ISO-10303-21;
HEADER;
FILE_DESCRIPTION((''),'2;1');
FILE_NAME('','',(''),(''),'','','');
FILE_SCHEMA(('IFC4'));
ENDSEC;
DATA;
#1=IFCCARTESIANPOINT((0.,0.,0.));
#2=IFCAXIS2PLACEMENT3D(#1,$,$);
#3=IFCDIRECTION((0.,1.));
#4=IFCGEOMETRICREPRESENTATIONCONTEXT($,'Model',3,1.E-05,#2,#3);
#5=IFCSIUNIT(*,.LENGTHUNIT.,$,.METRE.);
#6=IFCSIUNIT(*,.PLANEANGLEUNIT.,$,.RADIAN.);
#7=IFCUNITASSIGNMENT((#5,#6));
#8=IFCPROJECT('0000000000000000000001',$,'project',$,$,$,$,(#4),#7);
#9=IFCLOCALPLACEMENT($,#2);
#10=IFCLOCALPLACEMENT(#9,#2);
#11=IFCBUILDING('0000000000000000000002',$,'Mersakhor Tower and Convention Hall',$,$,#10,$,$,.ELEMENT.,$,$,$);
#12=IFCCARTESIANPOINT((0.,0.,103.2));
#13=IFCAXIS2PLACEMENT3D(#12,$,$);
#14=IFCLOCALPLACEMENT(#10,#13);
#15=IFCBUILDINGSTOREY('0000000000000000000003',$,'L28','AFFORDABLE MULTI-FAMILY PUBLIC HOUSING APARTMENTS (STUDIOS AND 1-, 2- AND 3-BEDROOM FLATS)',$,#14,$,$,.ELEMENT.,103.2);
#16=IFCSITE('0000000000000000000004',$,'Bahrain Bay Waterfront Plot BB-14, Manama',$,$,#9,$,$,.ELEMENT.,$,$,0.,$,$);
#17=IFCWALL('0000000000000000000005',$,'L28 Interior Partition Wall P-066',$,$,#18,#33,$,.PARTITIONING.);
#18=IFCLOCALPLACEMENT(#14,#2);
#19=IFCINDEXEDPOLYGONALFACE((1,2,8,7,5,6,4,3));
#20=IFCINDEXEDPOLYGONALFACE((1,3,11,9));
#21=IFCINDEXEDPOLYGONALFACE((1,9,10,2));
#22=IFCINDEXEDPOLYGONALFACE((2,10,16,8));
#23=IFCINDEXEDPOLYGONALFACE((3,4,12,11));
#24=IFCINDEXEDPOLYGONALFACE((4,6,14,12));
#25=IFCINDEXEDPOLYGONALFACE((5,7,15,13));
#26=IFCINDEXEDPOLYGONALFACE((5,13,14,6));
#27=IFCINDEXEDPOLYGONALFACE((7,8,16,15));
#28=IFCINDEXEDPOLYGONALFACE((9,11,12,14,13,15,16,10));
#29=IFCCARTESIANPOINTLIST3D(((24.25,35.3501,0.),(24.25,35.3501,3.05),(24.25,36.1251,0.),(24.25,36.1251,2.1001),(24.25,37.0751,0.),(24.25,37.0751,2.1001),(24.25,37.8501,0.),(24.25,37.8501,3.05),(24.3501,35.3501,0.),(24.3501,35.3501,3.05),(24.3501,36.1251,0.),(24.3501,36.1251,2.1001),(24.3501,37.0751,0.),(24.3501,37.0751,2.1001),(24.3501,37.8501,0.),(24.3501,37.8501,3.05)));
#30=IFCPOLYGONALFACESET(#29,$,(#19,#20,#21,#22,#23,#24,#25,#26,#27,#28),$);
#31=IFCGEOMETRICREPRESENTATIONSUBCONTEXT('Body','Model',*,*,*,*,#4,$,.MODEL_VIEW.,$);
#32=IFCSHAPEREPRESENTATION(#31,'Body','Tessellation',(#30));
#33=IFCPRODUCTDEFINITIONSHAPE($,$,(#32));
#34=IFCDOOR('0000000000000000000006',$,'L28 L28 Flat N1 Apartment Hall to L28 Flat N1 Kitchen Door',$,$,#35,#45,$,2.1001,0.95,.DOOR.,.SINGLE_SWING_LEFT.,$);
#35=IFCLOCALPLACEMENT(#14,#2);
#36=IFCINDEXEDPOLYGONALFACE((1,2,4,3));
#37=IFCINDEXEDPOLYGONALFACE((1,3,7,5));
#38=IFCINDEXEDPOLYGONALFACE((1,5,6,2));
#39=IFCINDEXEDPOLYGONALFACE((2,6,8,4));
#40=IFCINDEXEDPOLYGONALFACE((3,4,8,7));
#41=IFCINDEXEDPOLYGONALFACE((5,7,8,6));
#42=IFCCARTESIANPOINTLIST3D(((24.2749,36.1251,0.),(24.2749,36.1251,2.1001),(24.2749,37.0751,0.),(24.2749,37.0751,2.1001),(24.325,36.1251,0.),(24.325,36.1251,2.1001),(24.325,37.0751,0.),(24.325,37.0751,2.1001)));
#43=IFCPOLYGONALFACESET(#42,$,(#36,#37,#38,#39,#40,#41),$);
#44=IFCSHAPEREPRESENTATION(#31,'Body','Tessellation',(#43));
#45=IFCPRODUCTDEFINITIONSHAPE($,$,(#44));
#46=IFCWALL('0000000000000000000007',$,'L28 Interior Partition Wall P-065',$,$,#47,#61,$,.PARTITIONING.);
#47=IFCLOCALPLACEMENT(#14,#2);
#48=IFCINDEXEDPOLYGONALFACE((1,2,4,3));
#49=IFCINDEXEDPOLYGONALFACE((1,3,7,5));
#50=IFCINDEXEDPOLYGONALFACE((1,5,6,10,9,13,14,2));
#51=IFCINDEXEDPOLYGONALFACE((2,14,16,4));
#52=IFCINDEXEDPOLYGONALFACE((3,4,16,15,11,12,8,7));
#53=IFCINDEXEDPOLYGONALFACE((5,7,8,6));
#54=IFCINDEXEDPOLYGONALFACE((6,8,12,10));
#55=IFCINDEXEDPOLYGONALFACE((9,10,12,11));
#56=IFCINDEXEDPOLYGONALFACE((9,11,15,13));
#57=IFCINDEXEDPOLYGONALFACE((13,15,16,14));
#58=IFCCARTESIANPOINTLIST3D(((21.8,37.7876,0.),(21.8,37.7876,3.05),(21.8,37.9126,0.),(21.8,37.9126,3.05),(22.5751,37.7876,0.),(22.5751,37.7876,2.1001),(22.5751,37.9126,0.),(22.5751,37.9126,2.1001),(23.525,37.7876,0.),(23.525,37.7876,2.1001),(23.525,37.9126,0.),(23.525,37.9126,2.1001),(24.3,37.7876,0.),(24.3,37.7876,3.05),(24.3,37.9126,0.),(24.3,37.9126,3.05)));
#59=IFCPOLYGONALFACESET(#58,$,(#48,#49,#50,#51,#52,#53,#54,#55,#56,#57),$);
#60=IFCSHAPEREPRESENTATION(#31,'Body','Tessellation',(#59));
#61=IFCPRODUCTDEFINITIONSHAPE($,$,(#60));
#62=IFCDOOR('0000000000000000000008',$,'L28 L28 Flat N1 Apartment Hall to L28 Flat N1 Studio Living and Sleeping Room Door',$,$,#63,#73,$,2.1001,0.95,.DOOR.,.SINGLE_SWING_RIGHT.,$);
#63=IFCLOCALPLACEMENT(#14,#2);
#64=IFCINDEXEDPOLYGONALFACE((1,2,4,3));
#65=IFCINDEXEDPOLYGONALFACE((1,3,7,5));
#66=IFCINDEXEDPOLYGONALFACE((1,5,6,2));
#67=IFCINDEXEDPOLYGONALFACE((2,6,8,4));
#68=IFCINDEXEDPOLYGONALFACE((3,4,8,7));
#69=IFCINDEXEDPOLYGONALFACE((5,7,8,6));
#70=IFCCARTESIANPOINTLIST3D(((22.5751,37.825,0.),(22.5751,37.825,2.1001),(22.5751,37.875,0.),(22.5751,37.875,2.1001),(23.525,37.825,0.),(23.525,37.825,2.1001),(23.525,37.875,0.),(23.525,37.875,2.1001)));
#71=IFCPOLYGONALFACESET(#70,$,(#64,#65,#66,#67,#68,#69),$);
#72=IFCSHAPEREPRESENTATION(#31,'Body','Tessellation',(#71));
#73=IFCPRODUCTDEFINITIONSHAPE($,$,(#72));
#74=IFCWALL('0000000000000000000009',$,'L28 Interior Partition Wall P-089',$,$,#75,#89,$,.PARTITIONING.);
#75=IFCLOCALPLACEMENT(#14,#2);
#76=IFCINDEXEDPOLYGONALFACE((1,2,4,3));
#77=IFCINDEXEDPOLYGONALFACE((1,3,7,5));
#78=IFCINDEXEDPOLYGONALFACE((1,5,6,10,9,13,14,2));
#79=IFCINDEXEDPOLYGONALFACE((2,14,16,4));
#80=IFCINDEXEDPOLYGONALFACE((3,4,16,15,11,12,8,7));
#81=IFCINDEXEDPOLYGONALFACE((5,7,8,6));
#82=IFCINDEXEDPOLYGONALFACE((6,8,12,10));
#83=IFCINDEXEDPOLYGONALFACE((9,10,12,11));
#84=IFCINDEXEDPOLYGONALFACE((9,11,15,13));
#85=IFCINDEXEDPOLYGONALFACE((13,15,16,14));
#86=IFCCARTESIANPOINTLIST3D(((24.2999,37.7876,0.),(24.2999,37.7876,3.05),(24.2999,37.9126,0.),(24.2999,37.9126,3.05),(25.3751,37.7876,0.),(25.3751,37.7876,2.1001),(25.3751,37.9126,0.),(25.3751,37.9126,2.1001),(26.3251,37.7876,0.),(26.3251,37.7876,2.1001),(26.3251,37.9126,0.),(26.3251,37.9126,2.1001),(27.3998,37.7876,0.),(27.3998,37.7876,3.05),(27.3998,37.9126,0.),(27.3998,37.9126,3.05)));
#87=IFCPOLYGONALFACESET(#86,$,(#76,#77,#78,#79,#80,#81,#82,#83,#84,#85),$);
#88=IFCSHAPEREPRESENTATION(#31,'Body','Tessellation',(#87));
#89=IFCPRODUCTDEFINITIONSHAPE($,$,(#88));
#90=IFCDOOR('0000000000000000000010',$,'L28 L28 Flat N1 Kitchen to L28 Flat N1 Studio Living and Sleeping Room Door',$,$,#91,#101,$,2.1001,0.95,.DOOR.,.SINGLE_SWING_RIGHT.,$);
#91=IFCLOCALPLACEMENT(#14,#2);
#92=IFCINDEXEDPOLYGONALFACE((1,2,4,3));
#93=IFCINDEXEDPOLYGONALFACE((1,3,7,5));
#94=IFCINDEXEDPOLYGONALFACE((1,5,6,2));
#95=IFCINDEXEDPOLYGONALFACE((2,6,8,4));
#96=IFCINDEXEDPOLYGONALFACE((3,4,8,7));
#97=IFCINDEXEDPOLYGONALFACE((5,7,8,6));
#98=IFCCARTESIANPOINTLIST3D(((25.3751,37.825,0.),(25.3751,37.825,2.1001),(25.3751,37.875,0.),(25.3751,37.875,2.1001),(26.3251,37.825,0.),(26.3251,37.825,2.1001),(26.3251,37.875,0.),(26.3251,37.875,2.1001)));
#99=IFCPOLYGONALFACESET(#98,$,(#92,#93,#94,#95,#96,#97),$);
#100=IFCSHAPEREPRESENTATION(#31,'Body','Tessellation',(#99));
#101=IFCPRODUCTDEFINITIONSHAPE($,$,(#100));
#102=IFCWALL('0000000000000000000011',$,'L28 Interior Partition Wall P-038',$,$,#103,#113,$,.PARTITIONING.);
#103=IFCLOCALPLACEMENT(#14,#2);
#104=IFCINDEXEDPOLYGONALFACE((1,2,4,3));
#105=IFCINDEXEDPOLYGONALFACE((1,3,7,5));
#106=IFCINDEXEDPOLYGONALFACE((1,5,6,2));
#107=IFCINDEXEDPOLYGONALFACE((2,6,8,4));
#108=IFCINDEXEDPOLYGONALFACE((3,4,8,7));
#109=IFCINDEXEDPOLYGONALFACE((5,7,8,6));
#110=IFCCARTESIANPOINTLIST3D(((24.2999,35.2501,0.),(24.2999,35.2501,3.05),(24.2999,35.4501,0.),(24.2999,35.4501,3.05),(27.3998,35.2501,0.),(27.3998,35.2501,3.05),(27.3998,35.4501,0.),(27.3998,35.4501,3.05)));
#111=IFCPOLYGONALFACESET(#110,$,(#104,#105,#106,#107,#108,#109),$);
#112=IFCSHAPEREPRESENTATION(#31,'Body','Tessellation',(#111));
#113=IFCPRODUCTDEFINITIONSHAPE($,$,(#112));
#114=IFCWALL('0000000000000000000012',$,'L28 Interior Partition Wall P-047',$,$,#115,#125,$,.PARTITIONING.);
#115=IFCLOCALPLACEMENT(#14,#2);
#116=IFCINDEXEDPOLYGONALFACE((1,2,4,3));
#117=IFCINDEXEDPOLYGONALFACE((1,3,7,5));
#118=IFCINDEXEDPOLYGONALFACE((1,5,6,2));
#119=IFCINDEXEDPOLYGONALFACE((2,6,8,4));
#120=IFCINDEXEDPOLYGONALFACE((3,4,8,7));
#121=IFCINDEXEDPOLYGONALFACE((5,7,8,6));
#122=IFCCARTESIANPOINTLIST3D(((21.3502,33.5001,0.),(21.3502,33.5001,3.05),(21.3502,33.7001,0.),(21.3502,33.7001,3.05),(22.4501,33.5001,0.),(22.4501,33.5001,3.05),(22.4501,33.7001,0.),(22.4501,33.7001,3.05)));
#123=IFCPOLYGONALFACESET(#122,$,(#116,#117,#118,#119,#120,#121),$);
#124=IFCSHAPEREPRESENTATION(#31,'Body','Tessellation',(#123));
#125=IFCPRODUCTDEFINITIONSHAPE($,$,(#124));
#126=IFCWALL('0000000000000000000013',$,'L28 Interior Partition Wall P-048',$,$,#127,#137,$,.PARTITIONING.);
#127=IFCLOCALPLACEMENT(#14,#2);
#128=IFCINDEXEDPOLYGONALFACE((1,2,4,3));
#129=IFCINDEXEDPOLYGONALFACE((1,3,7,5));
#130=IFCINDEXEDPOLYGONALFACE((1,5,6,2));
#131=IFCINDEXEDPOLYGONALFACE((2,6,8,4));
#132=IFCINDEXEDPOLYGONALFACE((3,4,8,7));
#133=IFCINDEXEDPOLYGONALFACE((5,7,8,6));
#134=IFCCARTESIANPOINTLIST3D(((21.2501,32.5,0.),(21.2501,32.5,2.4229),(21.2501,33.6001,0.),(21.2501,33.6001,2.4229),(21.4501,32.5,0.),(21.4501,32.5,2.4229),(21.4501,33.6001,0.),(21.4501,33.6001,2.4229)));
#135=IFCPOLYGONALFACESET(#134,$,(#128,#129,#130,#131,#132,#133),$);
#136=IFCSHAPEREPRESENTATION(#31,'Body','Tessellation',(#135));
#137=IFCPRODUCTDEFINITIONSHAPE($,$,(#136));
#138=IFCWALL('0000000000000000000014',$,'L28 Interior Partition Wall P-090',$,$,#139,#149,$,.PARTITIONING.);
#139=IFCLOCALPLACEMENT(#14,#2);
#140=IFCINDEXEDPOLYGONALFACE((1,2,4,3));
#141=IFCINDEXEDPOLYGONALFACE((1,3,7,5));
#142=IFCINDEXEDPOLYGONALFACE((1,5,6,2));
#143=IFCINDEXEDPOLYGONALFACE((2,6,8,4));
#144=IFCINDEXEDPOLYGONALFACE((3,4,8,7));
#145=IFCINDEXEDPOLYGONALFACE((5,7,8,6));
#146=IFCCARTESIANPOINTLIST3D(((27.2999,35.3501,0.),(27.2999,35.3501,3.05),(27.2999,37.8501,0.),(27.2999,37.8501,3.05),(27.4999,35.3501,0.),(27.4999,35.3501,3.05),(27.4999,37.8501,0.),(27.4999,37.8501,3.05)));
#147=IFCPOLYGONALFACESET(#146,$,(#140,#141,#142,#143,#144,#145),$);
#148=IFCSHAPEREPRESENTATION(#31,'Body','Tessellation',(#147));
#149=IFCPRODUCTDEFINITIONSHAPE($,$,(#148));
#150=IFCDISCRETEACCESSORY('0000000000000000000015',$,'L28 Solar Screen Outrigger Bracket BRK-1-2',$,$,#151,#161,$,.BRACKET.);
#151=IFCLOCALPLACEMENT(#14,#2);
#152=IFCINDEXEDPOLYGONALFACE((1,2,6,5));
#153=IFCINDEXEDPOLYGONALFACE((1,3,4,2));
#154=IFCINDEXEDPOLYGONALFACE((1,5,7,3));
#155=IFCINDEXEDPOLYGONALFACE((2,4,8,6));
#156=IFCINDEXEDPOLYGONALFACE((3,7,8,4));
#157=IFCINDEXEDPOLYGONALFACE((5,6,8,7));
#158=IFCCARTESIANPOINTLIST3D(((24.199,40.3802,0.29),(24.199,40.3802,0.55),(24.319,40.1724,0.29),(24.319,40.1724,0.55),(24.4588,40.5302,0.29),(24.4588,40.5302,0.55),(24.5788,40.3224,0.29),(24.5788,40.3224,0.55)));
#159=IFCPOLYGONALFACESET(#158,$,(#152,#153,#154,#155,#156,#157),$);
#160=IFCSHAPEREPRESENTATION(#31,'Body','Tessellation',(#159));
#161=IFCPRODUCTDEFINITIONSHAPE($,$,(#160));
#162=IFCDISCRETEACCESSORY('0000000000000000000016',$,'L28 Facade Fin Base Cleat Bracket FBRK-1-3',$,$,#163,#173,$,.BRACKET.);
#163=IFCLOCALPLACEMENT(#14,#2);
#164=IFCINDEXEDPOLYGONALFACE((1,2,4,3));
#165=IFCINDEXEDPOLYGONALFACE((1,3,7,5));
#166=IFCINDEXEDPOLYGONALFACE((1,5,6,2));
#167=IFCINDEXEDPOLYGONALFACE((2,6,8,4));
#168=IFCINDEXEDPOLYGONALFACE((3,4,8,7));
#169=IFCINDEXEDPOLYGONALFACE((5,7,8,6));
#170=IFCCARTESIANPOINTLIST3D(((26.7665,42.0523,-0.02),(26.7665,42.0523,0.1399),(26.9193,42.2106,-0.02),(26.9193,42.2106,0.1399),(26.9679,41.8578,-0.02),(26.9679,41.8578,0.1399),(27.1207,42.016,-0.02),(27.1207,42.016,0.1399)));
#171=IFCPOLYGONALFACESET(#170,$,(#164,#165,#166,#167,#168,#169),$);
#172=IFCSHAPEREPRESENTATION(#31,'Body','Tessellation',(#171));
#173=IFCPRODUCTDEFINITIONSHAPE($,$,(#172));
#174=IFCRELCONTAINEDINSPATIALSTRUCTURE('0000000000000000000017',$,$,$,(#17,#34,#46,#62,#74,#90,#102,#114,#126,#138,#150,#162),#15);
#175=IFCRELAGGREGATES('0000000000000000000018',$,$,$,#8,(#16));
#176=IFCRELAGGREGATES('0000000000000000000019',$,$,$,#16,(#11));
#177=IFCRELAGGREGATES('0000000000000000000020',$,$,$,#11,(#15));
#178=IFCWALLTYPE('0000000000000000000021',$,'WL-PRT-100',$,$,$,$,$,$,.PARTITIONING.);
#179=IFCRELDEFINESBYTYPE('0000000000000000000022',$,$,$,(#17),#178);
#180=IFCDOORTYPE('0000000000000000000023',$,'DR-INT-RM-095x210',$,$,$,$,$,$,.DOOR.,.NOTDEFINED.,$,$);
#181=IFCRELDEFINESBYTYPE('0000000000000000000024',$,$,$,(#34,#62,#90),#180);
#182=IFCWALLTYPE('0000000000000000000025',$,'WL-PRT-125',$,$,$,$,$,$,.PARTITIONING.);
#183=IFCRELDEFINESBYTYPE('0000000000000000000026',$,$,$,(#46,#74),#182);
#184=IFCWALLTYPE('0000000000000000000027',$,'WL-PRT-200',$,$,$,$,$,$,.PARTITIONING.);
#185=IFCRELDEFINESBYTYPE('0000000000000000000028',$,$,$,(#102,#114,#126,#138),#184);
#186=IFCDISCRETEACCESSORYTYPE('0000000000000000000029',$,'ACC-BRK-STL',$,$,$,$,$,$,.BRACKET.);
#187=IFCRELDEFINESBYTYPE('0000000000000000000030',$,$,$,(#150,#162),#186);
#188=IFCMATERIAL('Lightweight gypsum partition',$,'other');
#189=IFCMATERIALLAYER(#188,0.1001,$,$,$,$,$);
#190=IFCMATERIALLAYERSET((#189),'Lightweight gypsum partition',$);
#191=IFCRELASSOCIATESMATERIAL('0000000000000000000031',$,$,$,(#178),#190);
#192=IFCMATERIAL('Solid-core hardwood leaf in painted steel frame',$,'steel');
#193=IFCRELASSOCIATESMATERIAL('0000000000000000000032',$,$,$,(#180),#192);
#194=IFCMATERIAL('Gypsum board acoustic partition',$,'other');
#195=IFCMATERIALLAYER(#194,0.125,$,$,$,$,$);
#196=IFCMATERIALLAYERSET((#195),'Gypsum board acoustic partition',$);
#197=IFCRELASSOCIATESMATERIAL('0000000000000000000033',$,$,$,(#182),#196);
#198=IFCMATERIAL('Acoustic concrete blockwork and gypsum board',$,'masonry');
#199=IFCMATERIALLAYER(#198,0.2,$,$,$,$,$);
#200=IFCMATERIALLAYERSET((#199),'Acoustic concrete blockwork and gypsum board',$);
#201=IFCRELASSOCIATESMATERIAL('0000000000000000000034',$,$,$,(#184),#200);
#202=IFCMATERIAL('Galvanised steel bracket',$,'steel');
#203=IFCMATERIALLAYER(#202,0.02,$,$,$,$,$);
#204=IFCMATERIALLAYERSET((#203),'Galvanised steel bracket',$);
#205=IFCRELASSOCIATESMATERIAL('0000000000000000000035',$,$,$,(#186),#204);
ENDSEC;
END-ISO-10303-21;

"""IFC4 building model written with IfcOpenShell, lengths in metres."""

from ifc_helpers import new_model, si_unit, direction, frame, frame_2d, origin, origin_2d, place, context, subcontext, project, spatial, rectangle, extrude, material, layer, layer_set, type_object, element, fill, save


model = new_model("IFC4")

# Units and contexts
model_context = context("Model", 3, precision=1e-05, world=origin(), true_north=direction((0.0, 1.0)))
body_context = subcontext(model_context, "Body", "Model", "MODEL_VIEW")
ifc_project = project(units=[si_unit("LENGTHUNIT", "METRE"), si_unit("PLANEANGLEUNIT", "RADIAN")], contexts=[model_context])

# Site, building, storey
site_placement = place(None, origin())
site = spatial("IfcSite", under=ifc_project, at=site_placement, Name="Bahrain Bay Waterfront Plot BB-14, Manama", CompositionType="ELEMENT", RefElevation=0.0)
building_placement = place(site_placement, origin())
building = spatial("IfcBuilding", under=site, at=building_placement, Name="Mersakhor Tower and Convention Hall", CompositionType="ELEMENT")
storey_placement = place(building_placement, frame((0.0, 0.0, 103.2)))
storey = spatial("IfcBuildingStorey", under=building, at=storey_placement, Name="L28", Description="AFFORDABLE MULTI-FAMILY PUBLIC HOUSING APARTMENTS (STUDIOS AND 1-, 2- AND 3-BEDROOM FLATS)", CompositionType="ELEMENT", Elevation=103.2)

# Walls, openings, doors
ifc_material_1 = material(Name="Lightweight gypsum partition", Category="other")
ifc_layer_1 = layer(ifc_material_1, 0.1001)
ifc_layer_set_1 = layer_set([ifc_layer_1], Name="Lightweight gypsum partition")
wall_type_1 = type_object("IfcWallType", Name="WL-PRT-100", PredefinedType="PARTITIONING", material=ifc_layer_set_1)
wall_1_placement = place(storey_placement, frame((24.3, 37.8501, 0.0), z_axis=(0.0, 0.0, 1.0), x_axis=(0.0, -1.0, 0.0)))
wall_1 = element("IfcWall", 1, at=wall_1_placement, inside=storey, type_object=wall_type_1, Name="L28 Interior Partition Wall P-066", PredefinedType="PARTITIONING", context=body_context, shape_type="SweptSolid", body=[
    extrude(rectangle(XDim=2.5, YDim=0.1001, at=frame_2d((1.25, 0.0))), origin(), (0.0, 0.0, 1.0), 3.05),
])
opening_1_placement = place(wall_1_placement, frame((0.7749, 0.0, 0.0)))
opening_1 = element("IfcOpeningElement", 2, at=opening_1_placement, cuts=wall_1, PredefinedType="OPENING", context=body_context, shape_type="SweptSolid", body=[
    extrude(rectangle(XDim=0.95, YDim=2.1001, at=frame_2d((0.4751, 1.05))), frame((0.0, 0.0601, 0.0), z_axis=(0.0, -1.0, 0.0), x_axis=(1.0, 0.0, 0.0)), (0.0, 0.0, 1.0), 0.1201),
])
ifc_material_2 = material(Name="Solid-core hardwood leaf in painted steel frame", Category="steel")
door_type_1 = type_object("IfcDoorType", Name="DR-INT-RM-095x210", OperationType="NOTDEFINED", PredefinedType="DOOR", material=ifc_material_2)
door_1_placement = place(opening_1_placement, origin())
door_1 = element("IfcDoor", 3, at=door_1_placement, inside=storey, type_object=door_type_1, Name="L28 L28 Flat N1 Apartment Hall to L28 Flat N1 Kitchen Door", OperationType="SINGLE_SWING_LEFT", OverallHeight=2.1001, OverallWidth=0.95, PredefinedType="DOOR", context=body_context, shape_type="SweptSolid", body=[
    extrude(rectangle(XDim=0.95, YDim=2.1001, at=frame_2d((0.4751, 1.05))), frame((0.0, 0.0249, 0.0), z_axis=(0.0, -1.0, 0.0), x_axis=(1.0, 0.0, 0.0)), (0.0, 0.0, 1.0), 0.05),
])
fill(opening_1, door_1)
ifc_material_3 = material(Name="Gypsum board acoustic partition", Category="other")
ifc_layer_2 = layer(ifc_material_3, 0.125)
ifc_layer_set_2 = layer_set([ifc_layer_2], Name="Gypsum board acoustic partition")
wall_type_2 = type_object("IfcWallType", Name="WL-PRT-125", PredefinedType="PARTITIONING", material=ifc_layer_set_2)
wall_2_placement = place(storey_placement, frame((21.8, 37.8501, 0.0), z_axis=(0.0, 0.0, 1.0), x_axis=(1.0, 0.0, 0.0)))
wall_2 = element("IfcWall", 4, at=wall_2_placement, inside=storey, type_object=wall_type_2, Name="L28 Interior Partition Wall P-065", PredefinedType="PARTITIONING", context=body_context, shape_type="SweptSolid", body=[
    extrude(rectangle(XDim=2.5, YDim=0.125, at=frame_2d((1.25, 0.0))), origin(), (0.0, 0.0, 1.0), 3.05),
])
opening_2_placement = place(wall_2_placement, frame((0.7749, 0.0, 0.0)))
opening_2 = element("IfcOpeningElement", 5, at=opening_2_placement, cuts=wall_2, PredefinedType="OPENING", context=body_context, shape_type="SweptSolid", body=[
    extrude(rectangle(XDim=0.95, YDim=2.1001, at=frame_2d((0.4751, 1.05))), frame((0.0, 0.0725, 0.0), z_axis=(0.0, -1.0, 0.0), x_axis=(1.0, 0.0, 0.0)), (0.0, 0.0, 1.0), 0.145),
])
door_2_placement = place(opening_2_placement, origin())
door_2 = element("IfcDoor", 6, at=door_2_placement, inside=storey, type_object=door_type_1, Name="L28 L28 Flat N1 Apartment Hall to L28 Flat N1 Studio Living and Sleeping Room Door", OperationType="SINGLE_SWING_RIGHT", OverallHeight=2.1001, OverallWidth=0.95, PredefinedType="DOOR", context=body_context, shape_type="SweptSolid", body=[
    extrude(rectangle(XDim=0.95, YDim=2.1001, at=frame_2d((0.4751, 1.05))), frame((0.0, 0.0249, 0.0), z_axis=(0.0, -1.0, 0.0), x_axis=(1.0, 0.0, 0.0)), (0.0, 0.0, 1.0), 0.05),
])
fill(opening_2, door_2)
wall_3_placement = place(storey_placement, frame((24.3, 37.8501, 0.0), z_axis=(0.0, 0.0, 1.0), x_axis=(1.0, 0.0, 0.0)))
wall_3 = element("IfcWall", 7, at=wall_3_placement, inside=storey, type_object=wall_type_2, Name="L28 Interior Partition Wall P-089", PredefinedType="PARTITIONING", context=body_context, shape_type="SweptSolid", body=[
    extrude(rectangle(XDim=3.0999, YDim=0.125, at=frame_2d((1.5498, 0.0))), origin(), (0.0, 0.0, 1.0), 3.05),
])
opening_3_placement = place(wall_3_placement, frame((1.075, 0.0, 0.0)))
opening_3 = element("IfcOpeningElement", 8, at=opening_3_placement, cuts=wall_3, PredefinedType="OPENING", context=body_context, shape_type="SweptSolid", body=[
    extrude(rectangle(XDim=0.95, YDim=2.1001, at=frame_2d((0.4751, 1.05))), frame((0.0, 0.0725, 0.0), z_axis=(0.0, -1.0, 0.0), x_axis=(1.0, 0.0, 0.0)), (0.0, 0.0, 1.0), 0.145),
])
door_3_placement = place(opening_3_placement, origin())
door_3 = element("IfcDoor", 9, at=door_3_placement, inside=storey, type_object=door_type_1, Name="L28 L28 Flat N1 Kitchen to L28 Flat N1 Studio Living and Sleeping Room Door", OperationType="SINGLE_SWING_RIGHT", OverallHeight=2.1001, OverallWidth=0.95, PredefinedType="DOOR", context=body_context, shape_type="SweptSolid", body=[
    extrude(rectangle(XDim=0.95, YDim=2.1001, at=frame_2d((0.4751, 1.05))), frame((0.0, 0.0249, 0.0), z_axis=(0.0, -1.0, 0.0), x_axis=(1.0, 0.0, 0.0)), (0.0, 0.0, 1.0), 0.05),
])
fill(opening_3, door_3)
ifc_material_4 = material(Name="Acoustic concrete blockwork and gypsum board", Category="masonry")
ifc_layer_3 = layer(ifc_material_4, 0.2)
ifc_layer_set_3 = layer_set([ifc_layer_3], Name="Acoustic concrete blockwork and gypsum board")
wall_type_3 = type_object("IfcWallType", Name="WL-PRT-200", PredefinedType="PARTITIONING", material=ifc_layer_set_3)

# Wall
wall_4_placement = place(storey_placement, frame((24.3, 35.3501, 0.0), z_axis=(0.0, 0.0, 1.0), x_axis=(1.0, 0.0, 0.0)))
element("IfcWall", 10, at=wall_4_placement, inside=storey, type_object=wall_type_3, Name="L28 Interior Partition Wall P-038", PredefinedType="PARTITIONING", context=body_context, shape_type="SweptSolid", body=[
    extrude(rectangle(XDim=3.0999, YDim=0.2, at=frame_2d((1.5498, 0.0))), origin(), (0.0, 0.0, 1.0), 3.05),
])

# Walls
wall_5_placement = place(storey_placement, frame((22.45, 33.6001, 0.0), z_axis=(0.0, 0.0, 1.0), x_axis=(-1.0, 0.0, 0.0)))
element("IfcWall", 11, at=wall_5_placement, inside=storey, type_object=wall_type_3, Name="L28 Interior Partition Wall P-047", PredefinedType="PARTITIONING", context=body_context, shape_type="SweptSolid", body=[
    extrude(rectangle(XDim=1.0999, YDim=0.2, at=frame_2d((0.5498, 0.0))), origin(), (0.0, 0.0, 1.0), 3.05),
])
wall_6_placement = place(storey_placement, frame((21.3501, 33.6001, 0.0), z_axis=(0.0, 0.0, 1.0), x_axis=(0.0, -1.0, 0.0)))
element("IfcWall", 12, at=wall_6_placement, inside=storey, type_object=wall_type_3, Name="L28 Interior Partition Wall P-048", PredefinedType="PARTITIONING", context=body_context, shape_type="SweptSolid", body=[
    extrude(rectangle(XDim=1.1001, YDim=0.2, at=frame_2d((0.55, 0.0))), origin(), (0.0, 0.0, 1.0), 2.4229),
])
wall_7_placement = place(storey_placement, frame((27.3999, 37.8501, 0.0), z_axis=(0.0, 0.0, 1.0), x_axis=(0.0, -1.0, 0.0)))
element("IfcWall", 13, at=wall_7_placement, inside=storey, type_object=wall_type_3, Name="L28 Interior Partition Wall P-090", PredefinedType="PARTITIONING", context=body_context, shape_type="SweptSolid", body=[
    extrude(rectangle(XDim=2.5, YDim=0.2, at=frame_2d((1.25, 0.0))), origin(), (0.0, 0.0, 1.0), 3.05),
])

# Discrete accessories
ifc_material_5 = material(Name="Galvanised steel bracket", Category="steel")
ifc_layer_4 = layer(ifc_material_5, 0.02)
ifc_layer_set_4 = layer_set([ifc_layer_4], Name="Galvanised steel bracket")
discrete_accessory_type = type_object("IfcDiscreteAccessoryType", Name="ACC-BRK-STL", PredefinedType="BRACKET", material=ifc_layer_set_4)
discrete_accessory_1_placement = place(storey_placement, frame((24.3889, 40.3513, 0.29), z_axis=(0.0, 0.0, 1.0), x_axis=(0.866025, 0.5, 0.0)))
element("IfcDiscreteAccessory", 14, at=discrete_accessory_1_placement, inside=storey, type_object=discrete_accessory_type, Name="L28 Solar Screen Outrigger Bracket BRK-1-2", PredefinedType="BRACKET", context=body_context, shape_type="SweptSolid", body=[
    extrude(rectangle(XDim=0.3, YDim=0.24, at=origin_2d()), origin(), (0.0, 0.0, 1.0), 0.26),
])
discrete_accessory_2_placement = place(storey_placement, frame((26.9436, 42.0342, -0.02), z_axis=(0.0, 0.0, 1.0), x_axis=(-0.71934, 0.694658, 0.0)))
element("IfcDiscreteAccessory", 15, at=discrete_accessory_2_placement, inside=storey, type_object=discrete_accessory_type, Name="L28 Facade Fin Base Cleat Bracket FBRK-1-3", PredefinedType="BRACKET", context=body_context, shape_type="SweptSolid", body=[
    extrude(rectangle(XDim=0.28, YDim=0.22, at=origin_2d()), origin(), (0.0, 0.0, 1.0), 0.1599),
])

save(model, "model.ifc")
